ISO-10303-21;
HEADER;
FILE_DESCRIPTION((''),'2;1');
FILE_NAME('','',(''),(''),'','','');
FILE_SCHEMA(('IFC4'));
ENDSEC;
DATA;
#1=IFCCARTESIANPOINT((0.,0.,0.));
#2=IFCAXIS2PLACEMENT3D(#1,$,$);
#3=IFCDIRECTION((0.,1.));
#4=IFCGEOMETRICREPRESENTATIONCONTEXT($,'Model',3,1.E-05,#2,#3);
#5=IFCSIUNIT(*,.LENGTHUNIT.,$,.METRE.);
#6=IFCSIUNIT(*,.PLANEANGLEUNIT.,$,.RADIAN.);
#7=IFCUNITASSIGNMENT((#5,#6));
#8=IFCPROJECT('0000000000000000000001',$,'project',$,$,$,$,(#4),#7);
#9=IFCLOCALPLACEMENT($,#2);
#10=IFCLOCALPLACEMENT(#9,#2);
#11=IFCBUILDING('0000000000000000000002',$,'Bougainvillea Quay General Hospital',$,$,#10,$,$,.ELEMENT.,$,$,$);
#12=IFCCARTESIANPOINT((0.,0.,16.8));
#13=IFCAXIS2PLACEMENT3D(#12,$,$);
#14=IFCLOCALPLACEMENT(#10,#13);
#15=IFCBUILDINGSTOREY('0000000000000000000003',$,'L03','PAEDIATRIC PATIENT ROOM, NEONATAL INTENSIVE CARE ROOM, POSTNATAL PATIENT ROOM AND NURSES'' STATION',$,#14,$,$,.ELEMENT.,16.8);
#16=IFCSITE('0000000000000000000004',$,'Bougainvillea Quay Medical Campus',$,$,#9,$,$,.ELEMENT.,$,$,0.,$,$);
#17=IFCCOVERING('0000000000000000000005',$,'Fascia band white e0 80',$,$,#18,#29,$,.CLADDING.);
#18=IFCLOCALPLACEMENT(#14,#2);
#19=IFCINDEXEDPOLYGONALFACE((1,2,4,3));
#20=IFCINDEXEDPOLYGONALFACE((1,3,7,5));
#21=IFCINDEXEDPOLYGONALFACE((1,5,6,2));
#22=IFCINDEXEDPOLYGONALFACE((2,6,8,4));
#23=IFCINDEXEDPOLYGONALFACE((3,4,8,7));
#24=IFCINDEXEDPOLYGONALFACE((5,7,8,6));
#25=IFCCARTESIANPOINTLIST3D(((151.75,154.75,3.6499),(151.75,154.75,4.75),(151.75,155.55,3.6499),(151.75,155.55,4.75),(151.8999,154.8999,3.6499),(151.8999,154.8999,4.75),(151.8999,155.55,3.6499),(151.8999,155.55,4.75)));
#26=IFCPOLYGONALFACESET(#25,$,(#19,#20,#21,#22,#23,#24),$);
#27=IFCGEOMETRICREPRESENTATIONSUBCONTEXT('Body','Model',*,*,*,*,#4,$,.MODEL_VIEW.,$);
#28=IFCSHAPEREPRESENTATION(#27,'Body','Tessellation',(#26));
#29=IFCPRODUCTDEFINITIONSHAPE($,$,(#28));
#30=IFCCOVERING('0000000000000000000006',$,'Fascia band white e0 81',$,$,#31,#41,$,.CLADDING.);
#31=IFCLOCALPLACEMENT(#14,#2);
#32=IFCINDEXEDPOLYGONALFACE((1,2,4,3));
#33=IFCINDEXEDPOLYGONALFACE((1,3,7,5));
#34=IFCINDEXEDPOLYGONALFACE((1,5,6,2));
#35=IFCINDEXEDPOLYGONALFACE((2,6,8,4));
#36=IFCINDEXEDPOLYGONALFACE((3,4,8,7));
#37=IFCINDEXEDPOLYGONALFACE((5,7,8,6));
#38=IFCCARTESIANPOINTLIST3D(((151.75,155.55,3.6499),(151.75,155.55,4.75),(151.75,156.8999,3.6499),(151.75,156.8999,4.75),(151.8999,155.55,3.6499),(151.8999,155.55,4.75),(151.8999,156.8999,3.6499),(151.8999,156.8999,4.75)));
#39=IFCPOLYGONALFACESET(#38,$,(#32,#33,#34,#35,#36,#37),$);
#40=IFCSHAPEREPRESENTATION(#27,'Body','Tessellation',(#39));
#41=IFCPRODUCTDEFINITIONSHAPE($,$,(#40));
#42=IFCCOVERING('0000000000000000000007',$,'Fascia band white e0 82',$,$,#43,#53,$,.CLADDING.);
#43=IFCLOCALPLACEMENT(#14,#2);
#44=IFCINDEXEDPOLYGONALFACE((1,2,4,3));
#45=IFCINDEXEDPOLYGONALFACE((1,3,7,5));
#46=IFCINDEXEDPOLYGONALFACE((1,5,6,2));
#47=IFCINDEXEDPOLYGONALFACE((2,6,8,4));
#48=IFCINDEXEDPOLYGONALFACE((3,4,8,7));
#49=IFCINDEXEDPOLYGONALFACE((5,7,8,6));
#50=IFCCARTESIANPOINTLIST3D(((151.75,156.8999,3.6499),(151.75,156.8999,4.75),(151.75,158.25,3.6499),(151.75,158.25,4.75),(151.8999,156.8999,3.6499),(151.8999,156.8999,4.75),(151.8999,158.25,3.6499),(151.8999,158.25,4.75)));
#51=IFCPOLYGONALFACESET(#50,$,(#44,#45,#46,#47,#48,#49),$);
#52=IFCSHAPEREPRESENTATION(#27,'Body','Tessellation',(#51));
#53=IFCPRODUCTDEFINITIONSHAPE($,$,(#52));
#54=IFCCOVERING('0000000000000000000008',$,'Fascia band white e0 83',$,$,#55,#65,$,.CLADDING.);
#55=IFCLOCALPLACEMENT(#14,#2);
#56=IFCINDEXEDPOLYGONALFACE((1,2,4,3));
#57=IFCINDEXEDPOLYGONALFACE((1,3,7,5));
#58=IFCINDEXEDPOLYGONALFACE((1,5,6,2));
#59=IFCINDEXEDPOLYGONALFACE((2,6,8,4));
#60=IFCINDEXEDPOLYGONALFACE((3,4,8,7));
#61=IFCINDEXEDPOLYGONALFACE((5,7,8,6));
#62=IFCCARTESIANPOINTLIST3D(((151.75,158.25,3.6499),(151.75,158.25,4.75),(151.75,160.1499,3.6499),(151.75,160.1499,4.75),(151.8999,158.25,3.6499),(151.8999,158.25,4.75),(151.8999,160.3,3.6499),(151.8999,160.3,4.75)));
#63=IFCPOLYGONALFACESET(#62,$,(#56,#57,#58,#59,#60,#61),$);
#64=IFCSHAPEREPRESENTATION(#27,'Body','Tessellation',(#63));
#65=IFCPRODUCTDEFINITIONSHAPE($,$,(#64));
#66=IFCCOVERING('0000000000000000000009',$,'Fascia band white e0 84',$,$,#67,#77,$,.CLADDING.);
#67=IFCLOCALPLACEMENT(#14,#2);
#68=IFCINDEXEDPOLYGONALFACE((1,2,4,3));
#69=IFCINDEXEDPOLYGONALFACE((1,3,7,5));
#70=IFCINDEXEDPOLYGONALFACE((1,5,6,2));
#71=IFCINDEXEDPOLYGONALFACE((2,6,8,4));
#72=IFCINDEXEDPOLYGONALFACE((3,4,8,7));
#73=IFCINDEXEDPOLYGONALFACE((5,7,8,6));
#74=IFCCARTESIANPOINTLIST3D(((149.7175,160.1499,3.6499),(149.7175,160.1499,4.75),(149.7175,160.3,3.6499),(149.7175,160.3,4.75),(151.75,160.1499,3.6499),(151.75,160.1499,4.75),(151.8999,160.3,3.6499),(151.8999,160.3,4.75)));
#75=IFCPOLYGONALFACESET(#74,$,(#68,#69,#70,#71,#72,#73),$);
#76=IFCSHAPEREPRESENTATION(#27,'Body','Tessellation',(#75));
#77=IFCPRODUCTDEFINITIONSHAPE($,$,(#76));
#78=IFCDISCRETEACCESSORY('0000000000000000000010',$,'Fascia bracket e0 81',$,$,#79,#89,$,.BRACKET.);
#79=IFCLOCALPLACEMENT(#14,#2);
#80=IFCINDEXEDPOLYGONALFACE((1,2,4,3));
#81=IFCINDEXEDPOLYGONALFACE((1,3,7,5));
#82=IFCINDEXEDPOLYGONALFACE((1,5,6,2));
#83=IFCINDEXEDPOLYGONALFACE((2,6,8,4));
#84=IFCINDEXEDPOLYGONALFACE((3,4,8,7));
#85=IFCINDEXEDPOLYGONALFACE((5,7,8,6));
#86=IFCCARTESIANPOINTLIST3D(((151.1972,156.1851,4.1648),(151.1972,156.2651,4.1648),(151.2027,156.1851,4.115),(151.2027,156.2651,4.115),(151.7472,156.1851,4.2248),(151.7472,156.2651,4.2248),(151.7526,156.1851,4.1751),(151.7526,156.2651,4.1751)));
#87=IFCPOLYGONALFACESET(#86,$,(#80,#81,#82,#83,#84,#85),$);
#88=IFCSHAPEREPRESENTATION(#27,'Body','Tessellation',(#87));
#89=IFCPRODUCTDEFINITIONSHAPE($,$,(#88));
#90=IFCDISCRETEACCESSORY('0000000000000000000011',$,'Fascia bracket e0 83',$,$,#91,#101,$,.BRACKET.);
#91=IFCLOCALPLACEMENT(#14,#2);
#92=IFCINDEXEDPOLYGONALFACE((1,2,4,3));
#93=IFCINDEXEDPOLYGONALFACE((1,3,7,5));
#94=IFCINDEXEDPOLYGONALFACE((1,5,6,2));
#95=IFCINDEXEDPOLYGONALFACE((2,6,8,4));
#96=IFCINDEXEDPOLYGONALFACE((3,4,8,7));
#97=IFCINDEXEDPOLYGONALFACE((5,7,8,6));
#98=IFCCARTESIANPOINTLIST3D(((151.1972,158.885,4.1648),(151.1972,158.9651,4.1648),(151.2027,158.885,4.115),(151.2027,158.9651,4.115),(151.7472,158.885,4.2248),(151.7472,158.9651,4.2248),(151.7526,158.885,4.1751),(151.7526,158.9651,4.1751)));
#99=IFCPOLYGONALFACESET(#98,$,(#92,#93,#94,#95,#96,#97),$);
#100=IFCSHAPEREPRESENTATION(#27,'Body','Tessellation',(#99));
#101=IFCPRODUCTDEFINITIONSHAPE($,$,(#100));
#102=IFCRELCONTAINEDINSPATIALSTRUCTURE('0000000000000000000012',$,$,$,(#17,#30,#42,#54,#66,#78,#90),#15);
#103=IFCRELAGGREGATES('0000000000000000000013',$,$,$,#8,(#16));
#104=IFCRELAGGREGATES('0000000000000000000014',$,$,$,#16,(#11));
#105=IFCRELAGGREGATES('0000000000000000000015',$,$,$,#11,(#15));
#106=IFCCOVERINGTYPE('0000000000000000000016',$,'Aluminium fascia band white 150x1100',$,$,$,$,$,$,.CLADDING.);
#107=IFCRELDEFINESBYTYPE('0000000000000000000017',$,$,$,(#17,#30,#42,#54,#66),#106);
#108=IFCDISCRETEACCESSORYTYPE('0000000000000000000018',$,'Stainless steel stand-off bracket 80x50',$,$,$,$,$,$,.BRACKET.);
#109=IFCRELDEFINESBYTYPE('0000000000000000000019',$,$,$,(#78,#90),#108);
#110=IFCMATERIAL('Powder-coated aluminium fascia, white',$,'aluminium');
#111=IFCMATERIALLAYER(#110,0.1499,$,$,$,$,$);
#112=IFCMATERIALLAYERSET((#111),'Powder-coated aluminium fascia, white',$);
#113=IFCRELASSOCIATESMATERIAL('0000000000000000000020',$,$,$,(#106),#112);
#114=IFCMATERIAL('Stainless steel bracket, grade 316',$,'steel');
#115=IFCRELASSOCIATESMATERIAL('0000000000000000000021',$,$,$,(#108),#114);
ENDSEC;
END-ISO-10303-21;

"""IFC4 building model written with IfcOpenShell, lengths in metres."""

from ifc_helpers import new_model, si_unit, direction, frame, origin, origin_2d, place, context, subcontext, project, spatial, polyline, rectangle, outline, extrude, material, layer, layer_set, material_profile, profile_set, type_object, element, save


model = new_model("IFC4")

# Units and contexts
model_context = context("Model", 3, precision=1e-05, world=origin(), true_north=direction((0.0, 1.0)))
body_context = subcontext(model_context, "Body", "Model", "MODEL_VIEW")
ifc_project = project(units=[si_unit("LENGTHUNIT", "METRE"), si_unit("PLANEANGLEUNIT", "RADIAN")], contexts=[model_context])

# Site, building, storey
site_placement = place(None, origin())
site = spatial("IfcSite", under=ifc_project, at=site_placement, Name="Bougainvillea Quay Medical Campus", CompositionType="ELEMENT", RefElevation=0.0)
building_placement = place(site_placement, origin())
building = spatial("IfcBuilding", under=site, at=building_placement, Name="Bougainvillea Quay General Hospital", CompositionType="ELEMENT")
storey_placement = place(building_placement, frame((0.0, 0.0, 16.8)))
storey = spatial("IfcBuildingStorey", under=building, at=storey_placement, Name="L03", Description="PAEDIATRIC PATIENT ROOM, NEONATAL INTENSIVE CARE ROOM, POSTNATAL PATIENT ROOM AND NURSES' STATION", CompositionType="ELEMENT", Elevation=16.8)

# Coverings
ifc_material_1 = material(Name="Powder-coated aluminium fascia, white", Category="aluminium")
ifc_layer_1 = layer(ifc_material_1, 0.1499)
ifc_layer_set_1 = layer_set([ifc_layer_1], Name="Powder-coated aluminium fascia, white")
covering_type = type_object("IfcCoveringType", Name="Aluminium fascia band white 150x1100", PredefinedType="CLADDING", material=ifc_layer_set_1)
covering_1_placement = place(storey_placement, frame((151.75, 154.75, 3.6499), z_axis=(0.0, 0.0, 1.0), x_axis=(0.0, 1.0, 0.0)))
element("IfcCovering", 1, at=covering_1_placement, inside=storey, type_object=covering_type, Name="Fascia band white e0 80", PredefinedType="CLADDING", context=body_context, shape_type="SweptSolid", body=[
    extrude(outline(polyline([(0.0, 0.0), (0.8, 0.0), (0.8, -0.1499), (0.1499, -0.1499), (0.0, 0.0)])), origin(), (0.0, 0.0, 1.0), 1.1001),
])
covering_2_placement = place(storey_placement, frame((151.75, 155.55, 3.6499), z_axis=(0.0, 0.0, 1.0), x_axis=(0.0, 1.0, 0.0)))
element("IfcCovering", 2, at=covering_2_placement, inside=storey, type_object=covering_type, Name="Fascia band white e0 81", PredefinedType="CLADDING", context=body_context, shape_type="SweptSolid", body=[
    extrude(outline(polyline([(0.0, 0.0), (1.3499, 0.0), (1.3499, -0.1499), (0.0, -0.1499), (0.0, 0.0)])), origin(), (0.0, 0.0, 1.0), 1.1001),
])
covering_3_placement = place(storey_placement, frame((151.75, 156.8999, 3.6499), z_axis=(0.0, 0.0, 1.0), x_axis=(0.0, 1.0, 0.0)))
element("IfcCovering", 3, at=covering_3_placement, inside=storey, type_object=covering_type, Name="Fascia band white e0 82", PredefinedType="CLADDING", context=body_context, shape_type="SweptSolid", body=[
    extrude(outline(polyline([(0.0, 0.0), (1.3501, 0.0), (1.3501, -0.1499), (0.0, -0.1499), (0.0, 0.0)])), origin(), (0.0, 0.0, 1.0), 1.1001),
])
covering_4_placement = place(storey_placement, frame((151.75, 158.25, 3.6499), z_axis=(0.0, 0.0, 1.0), x_axis=(0.0, 1.0, 0.0)))
element("IfcCovering", 4, at=covering_4_placement, inside=storey, type_object=covering_type, Name="Fascia band white e0 83", PredefinedType="CLADDING", context=body_context, shape_type="SweptSolid", body=[
    extrude(outline(polyline([(0.0, 0.0), (1.8999, 0.0), (2.05, -0.1499), (0.0, -0.1499), (0.0, 0.0)])), origin(), (0.0, 0.0, 1.0), 1.1001),
])
covering_5_placement = place(storey_placement, frame((151.75, 160.1499, 3.6499), z_axis=(0.0, 0.0, 1.0), x_axis=(-1.0, 0.0, 0.0)))
element("IfcCovering", 5, at=covering_5_placement, inside=storey, type_object=covering_type, Name="Fascia band white e0 84", PredefinedType="CLADDING", context=body_context, shape_type="SweptSolid", body=[
    extrude(outline(polyline([(0.0, 0.0), (2.0325, 0.0), (2.0325, -0.1501), (-0.1499, -0.1501), (0.0, 0.0)])), origin(), (0.0, 0.0, 1.0), 1.1001),
])

# Discrete accessories
ifc_material_2 = material(Name="Stainless steel bracket, grade 316", Category="steel")
ifc_material_profile_1 = material_profile(ifc_material_2, rectangle(XDim=0.0801, YDim=0.05, at=origin_2d()))
ifc_profile_set_1 = profile_set([ifc_material_profile_1], Name="Stainless steel bracket, grade 316")
discrete_accessory_type = type_object("IfcDiscreteAccessoryType", Name="Stainless steel stand-off bracket 80x50", PredefinedType="BRACKET", material=ifc_profile_set_1)
for number, where, z_axis, x_axis, name in (
    (6, (151.2, 156.2251, 4.1399), (0.994092, 0.0, 0.108543), (0.0, 1.0, 0.0), "Fascia bracket e0 81"),
    (7, (151.2, 158.925, 4.1399), (0.994092, 0.0, 0.108543), (0.0, 1.0, 0.0), "Fascia bracket e0 83"),
):
    element("IfcDiscreteAccessory", number, at=place(storey_placement, frame(where, z_axis=z_axis, x_axis=x_axis)), inside=storey, type_object=discrete_accessory_type, Name=name, PredefinedType="BRACKET", context=body_context, shape_type="SweptSolid", body=[
        extrude(rectangle(XDim=0.0801, YDim=0.05, at=origin_2d()), origin(), (0.0, 0.0, 1.0), 0.5532),
    ])

save(model, "model.ifc")
